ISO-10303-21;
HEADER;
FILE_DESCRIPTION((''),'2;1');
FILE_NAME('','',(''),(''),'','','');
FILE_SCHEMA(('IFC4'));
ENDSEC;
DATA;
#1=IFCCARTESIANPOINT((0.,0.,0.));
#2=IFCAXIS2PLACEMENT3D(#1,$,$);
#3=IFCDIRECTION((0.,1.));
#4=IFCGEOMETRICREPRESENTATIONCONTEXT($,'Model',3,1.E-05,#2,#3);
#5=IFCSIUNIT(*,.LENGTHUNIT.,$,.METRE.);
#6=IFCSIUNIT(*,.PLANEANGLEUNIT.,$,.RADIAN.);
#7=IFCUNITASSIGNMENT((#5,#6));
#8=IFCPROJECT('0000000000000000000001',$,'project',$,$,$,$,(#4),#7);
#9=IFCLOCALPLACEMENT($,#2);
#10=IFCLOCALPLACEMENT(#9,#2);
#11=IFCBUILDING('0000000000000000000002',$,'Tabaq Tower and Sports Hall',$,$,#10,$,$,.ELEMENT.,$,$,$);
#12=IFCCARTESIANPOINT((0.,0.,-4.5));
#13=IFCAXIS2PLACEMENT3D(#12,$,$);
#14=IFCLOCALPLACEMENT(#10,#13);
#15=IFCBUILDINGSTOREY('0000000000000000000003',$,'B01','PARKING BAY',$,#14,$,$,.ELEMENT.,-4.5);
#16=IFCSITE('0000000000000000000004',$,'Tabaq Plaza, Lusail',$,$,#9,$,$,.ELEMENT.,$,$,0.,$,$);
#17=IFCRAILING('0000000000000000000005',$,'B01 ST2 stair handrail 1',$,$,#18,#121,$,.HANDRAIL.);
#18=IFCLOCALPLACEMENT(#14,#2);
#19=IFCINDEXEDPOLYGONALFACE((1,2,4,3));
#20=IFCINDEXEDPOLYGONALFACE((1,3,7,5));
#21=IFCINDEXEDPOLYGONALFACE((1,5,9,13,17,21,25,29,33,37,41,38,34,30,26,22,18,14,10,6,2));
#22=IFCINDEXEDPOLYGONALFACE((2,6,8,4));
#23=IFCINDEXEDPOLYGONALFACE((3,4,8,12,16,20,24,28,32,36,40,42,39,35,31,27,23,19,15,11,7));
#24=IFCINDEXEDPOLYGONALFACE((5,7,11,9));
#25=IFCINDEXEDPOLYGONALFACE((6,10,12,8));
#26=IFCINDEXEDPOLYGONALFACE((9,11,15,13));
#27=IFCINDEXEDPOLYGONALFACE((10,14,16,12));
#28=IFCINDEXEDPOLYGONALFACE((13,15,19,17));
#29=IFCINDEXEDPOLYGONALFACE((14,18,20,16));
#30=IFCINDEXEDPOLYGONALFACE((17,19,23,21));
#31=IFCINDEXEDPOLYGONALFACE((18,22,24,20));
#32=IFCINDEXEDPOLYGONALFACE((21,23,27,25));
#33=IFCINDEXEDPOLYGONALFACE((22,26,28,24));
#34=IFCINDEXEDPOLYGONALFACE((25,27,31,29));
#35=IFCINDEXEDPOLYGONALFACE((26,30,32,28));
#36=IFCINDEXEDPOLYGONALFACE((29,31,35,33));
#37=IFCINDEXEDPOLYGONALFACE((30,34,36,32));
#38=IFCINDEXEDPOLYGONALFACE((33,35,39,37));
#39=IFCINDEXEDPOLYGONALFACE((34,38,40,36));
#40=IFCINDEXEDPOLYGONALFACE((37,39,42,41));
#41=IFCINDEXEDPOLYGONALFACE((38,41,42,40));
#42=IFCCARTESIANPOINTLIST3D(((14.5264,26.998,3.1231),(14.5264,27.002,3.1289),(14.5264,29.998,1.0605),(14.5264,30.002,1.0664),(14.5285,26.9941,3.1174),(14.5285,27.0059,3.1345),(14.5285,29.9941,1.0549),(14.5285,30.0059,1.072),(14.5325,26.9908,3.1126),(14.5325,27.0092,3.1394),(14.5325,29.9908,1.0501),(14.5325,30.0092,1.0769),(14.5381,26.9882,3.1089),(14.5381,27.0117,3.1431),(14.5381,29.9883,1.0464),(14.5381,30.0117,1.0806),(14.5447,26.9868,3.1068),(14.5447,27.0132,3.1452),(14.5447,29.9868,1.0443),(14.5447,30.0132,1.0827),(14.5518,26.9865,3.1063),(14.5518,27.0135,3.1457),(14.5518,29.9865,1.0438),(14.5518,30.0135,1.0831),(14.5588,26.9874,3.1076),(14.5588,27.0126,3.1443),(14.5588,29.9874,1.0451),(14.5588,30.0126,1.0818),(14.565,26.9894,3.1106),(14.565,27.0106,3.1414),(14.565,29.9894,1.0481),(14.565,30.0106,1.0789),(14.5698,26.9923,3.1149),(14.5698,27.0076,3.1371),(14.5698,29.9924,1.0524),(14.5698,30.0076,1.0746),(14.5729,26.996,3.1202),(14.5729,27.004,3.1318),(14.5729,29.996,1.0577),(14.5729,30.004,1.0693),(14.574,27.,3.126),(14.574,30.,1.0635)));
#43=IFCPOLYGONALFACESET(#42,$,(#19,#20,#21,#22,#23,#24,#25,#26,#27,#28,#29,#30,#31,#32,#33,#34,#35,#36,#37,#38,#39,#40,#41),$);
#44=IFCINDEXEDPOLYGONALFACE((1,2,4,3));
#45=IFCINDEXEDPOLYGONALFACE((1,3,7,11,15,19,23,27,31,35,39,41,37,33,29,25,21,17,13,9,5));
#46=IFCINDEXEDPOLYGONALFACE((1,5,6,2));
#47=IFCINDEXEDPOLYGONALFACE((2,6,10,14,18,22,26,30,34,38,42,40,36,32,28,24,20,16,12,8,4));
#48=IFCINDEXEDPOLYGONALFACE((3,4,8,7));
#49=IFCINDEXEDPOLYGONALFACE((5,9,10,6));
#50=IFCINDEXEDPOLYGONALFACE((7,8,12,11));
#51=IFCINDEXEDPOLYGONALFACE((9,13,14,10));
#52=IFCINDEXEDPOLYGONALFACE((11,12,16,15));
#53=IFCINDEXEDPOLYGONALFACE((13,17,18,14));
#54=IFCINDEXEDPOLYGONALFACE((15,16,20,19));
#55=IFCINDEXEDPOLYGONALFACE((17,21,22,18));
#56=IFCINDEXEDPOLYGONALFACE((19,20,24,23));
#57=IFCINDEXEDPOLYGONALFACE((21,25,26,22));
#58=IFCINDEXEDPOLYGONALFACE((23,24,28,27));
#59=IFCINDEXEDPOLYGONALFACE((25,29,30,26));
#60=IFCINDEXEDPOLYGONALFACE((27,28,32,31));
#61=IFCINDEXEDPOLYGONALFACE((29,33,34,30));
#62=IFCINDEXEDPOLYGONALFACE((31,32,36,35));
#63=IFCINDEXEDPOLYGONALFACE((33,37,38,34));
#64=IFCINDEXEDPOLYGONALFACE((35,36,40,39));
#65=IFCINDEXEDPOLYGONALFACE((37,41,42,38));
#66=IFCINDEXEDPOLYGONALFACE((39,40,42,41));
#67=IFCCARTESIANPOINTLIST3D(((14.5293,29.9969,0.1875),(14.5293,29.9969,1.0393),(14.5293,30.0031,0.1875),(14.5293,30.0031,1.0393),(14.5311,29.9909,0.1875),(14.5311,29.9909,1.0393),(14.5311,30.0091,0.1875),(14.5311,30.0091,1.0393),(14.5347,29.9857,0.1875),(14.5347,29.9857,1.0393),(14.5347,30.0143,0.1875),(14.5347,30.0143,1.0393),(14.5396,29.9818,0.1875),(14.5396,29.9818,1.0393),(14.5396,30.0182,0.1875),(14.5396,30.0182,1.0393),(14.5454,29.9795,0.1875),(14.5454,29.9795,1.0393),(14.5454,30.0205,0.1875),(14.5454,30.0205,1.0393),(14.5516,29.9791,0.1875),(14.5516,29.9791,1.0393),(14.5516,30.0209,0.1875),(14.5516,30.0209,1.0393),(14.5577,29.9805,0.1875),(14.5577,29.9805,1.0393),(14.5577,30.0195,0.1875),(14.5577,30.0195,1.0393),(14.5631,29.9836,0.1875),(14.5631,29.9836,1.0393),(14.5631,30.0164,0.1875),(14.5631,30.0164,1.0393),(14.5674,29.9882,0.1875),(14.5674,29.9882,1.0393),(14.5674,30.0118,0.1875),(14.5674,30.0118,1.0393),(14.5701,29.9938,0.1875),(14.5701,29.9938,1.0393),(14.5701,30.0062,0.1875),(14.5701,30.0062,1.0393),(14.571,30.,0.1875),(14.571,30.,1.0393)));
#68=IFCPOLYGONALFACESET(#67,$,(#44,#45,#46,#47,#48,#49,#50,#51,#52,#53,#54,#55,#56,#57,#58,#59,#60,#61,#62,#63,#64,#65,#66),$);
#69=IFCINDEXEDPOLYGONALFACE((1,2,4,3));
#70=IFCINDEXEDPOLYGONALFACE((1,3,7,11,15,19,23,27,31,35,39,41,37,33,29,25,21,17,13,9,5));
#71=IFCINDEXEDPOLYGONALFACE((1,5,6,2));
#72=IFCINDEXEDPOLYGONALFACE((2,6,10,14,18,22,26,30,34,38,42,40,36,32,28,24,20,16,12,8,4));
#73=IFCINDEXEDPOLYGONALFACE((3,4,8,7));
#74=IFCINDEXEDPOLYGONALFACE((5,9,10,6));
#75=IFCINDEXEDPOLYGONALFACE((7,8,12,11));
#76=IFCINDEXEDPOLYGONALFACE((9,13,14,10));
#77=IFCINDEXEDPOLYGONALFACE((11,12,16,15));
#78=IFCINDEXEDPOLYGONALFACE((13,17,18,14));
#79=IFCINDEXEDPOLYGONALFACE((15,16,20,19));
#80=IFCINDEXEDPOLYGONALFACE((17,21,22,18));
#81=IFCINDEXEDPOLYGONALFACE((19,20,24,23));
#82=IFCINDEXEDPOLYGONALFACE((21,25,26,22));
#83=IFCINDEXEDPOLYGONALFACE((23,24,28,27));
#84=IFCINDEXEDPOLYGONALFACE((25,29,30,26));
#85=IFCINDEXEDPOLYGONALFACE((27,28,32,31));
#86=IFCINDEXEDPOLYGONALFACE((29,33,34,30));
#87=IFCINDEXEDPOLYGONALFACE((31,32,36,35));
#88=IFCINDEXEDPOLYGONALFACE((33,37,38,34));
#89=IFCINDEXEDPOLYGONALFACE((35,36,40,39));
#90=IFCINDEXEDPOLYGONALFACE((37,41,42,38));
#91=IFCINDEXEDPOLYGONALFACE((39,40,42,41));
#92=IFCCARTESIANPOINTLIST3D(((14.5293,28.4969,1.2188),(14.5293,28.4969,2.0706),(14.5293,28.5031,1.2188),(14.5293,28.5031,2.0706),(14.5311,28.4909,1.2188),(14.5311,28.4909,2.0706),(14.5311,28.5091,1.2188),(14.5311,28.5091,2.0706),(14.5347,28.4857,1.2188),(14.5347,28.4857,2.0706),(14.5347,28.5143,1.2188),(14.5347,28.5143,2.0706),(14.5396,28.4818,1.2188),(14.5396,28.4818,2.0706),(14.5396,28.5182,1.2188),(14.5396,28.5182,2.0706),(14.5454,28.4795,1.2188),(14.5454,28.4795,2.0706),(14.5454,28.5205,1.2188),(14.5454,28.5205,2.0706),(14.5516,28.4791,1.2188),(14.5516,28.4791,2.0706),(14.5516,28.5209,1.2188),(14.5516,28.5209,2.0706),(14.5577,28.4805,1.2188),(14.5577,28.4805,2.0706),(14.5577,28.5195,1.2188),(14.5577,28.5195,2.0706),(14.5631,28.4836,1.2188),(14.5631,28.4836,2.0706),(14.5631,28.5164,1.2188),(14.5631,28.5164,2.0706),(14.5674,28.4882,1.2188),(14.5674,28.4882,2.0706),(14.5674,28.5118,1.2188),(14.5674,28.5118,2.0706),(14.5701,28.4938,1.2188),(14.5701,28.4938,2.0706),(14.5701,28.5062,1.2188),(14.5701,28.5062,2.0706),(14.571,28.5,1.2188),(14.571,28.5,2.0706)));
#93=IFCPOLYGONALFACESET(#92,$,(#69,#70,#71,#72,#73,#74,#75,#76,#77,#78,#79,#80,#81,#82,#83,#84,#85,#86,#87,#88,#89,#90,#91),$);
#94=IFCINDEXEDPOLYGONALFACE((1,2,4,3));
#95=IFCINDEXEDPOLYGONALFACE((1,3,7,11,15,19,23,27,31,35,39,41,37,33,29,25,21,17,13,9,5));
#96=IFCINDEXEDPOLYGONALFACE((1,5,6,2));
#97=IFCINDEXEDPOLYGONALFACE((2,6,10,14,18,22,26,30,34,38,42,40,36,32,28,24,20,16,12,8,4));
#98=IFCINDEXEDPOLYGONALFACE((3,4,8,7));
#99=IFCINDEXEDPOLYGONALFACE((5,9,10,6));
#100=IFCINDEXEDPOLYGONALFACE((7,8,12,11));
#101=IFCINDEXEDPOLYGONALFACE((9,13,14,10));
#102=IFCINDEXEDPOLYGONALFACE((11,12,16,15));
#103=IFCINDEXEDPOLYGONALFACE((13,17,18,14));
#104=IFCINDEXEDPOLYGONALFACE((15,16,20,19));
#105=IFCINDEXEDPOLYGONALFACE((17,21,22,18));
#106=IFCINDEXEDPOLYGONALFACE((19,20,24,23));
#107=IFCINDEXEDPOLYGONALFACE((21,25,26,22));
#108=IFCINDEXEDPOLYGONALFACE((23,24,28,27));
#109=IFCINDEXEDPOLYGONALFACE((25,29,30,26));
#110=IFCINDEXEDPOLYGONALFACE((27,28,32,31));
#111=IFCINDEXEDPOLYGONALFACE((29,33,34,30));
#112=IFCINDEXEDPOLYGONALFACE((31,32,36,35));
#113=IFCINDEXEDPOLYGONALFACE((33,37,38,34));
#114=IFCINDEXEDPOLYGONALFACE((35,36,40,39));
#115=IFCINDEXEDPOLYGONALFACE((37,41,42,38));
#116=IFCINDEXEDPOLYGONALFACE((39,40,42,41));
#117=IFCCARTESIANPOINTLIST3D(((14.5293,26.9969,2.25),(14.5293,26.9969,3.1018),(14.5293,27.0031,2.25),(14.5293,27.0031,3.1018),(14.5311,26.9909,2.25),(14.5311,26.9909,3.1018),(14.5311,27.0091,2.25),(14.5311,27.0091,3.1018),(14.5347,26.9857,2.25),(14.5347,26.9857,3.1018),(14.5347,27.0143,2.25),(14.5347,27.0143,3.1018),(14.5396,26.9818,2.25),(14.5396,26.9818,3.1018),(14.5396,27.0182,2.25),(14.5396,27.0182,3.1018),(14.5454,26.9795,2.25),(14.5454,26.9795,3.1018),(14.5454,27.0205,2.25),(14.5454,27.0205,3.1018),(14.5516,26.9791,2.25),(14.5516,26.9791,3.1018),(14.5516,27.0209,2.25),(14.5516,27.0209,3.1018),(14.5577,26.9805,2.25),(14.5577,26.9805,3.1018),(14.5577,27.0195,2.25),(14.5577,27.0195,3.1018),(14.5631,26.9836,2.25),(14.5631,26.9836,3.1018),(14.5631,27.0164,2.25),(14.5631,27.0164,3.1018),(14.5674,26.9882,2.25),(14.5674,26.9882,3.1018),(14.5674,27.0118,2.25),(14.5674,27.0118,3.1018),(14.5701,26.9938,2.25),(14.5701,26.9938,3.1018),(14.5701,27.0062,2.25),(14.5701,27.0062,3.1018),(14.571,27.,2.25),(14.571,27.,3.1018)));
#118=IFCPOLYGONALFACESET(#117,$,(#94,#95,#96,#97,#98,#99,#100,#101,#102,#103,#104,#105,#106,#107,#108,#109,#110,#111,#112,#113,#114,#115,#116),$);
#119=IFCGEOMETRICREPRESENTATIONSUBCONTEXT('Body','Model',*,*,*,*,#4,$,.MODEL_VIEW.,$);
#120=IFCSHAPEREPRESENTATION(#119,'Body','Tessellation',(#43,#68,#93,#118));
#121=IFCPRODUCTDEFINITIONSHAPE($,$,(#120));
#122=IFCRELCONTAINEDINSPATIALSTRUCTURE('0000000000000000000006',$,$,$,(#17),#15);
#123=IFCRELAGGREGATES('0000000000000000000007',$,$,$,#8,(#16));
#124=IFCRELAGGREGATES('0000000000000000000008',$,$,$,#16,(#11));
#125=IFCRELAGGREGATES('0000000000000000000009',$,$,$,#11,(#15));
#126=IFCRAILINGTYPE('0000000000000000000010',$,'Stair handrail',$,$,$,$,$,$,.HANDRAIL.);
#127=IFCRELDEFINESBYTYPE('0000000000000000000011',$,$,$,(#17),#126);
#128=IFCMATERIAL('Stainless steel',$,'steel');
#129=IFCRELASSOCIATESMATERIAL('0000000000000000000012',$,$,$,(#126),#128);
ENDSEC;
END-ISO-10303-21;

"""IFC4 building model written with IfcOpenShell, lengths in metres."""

from ifc_helpers import new_model, si_unit, direction, frame, origin, origin_2d, place, context, subcontext, project, spatial, circle, extrude, material, type_object, element, save


model = new_model("IFC4")

# Units and contexts
model_context = context("Model", 3, precision=1e-05, world=origin(), true_north=direction((0.0, 1.0)))
body_context = subcontext(model_context, "Body", "Model", "MODEL_VIEW")
ifc_project = project(units=[si_unit("LENGTHUNIT", "METRE"), si_unit("PLANEANGLEUNIT", "RADIAN")], contexts=[model_context])

# Site, building, storey
site_placement = place(None, origin())
site = spatial("IfcSite", under=ifc_project, at=site_placement, Name="Tabaq Plaza, Lusail", CompositionType="ELEMENT", RefElevation=0.0)
building_placement = place(site_placement, origin())
building = spatial("IfcBuilding", under=site, at=building_placement, Name="Tabaq Tower and Sports Hall", CompositionType="ELEMENT")
storey_placement = place(building_placement, frame((0.0, 0.0, -4.5)))
storey = spatial("IfcBuildingStorey", under=building, at=storey_placement, Name="B01", Description="PARKING BAY", CompositionType="ELEMENT", Elevation=-4.5)

# Railing
ifc_material_1 = material(Name="Stainless steel", Category="steel")
railing_type_1 = type_object("IfcRailingType", Name="Stair handrail", PredefinedType="HANDRAIL", material=ifc_material_1)
for number, where, name in (
    (1, (14.55, 30.0, 0.1875), "B01 ST2 stair handrail 1"),
):
    element("IfcRailing", number, at=place(storey_placement, frame(where)), inside=storey, type_object=railing_type_1, Name=name, PredefinedType="HANDRAIL", context=body_context, shape_type="SweptSolid", body=[
        extrude(circle(Radius=0.0239, at=origin_2d()), frame((0.0, 0.0, 0.876), z_axis=(0.0, -0.824042, 0.566529), x_axis=(1.0, 0.0, 0.0)), (0.0, 0.0, 1.0), 3.6406),
        extrude(circle(Radius=0.021, at=origin_2d()), origin(), (0.0, 0.0, 1.0), 0.8518),
        extrude(circle(Radius=0.021, at=origin_2d()), frame((0.0, -1.5, 1.0312)), (0.0, 0.0, 1.0), 0.8518),
        extrude(circle(Radius=0.021, at=origin_2d()), frame((0.0, -3.0, 2.0625)), (0.0, 0.0, 1.0), 0.8518),
    ])

save(model, "model.ifc")
